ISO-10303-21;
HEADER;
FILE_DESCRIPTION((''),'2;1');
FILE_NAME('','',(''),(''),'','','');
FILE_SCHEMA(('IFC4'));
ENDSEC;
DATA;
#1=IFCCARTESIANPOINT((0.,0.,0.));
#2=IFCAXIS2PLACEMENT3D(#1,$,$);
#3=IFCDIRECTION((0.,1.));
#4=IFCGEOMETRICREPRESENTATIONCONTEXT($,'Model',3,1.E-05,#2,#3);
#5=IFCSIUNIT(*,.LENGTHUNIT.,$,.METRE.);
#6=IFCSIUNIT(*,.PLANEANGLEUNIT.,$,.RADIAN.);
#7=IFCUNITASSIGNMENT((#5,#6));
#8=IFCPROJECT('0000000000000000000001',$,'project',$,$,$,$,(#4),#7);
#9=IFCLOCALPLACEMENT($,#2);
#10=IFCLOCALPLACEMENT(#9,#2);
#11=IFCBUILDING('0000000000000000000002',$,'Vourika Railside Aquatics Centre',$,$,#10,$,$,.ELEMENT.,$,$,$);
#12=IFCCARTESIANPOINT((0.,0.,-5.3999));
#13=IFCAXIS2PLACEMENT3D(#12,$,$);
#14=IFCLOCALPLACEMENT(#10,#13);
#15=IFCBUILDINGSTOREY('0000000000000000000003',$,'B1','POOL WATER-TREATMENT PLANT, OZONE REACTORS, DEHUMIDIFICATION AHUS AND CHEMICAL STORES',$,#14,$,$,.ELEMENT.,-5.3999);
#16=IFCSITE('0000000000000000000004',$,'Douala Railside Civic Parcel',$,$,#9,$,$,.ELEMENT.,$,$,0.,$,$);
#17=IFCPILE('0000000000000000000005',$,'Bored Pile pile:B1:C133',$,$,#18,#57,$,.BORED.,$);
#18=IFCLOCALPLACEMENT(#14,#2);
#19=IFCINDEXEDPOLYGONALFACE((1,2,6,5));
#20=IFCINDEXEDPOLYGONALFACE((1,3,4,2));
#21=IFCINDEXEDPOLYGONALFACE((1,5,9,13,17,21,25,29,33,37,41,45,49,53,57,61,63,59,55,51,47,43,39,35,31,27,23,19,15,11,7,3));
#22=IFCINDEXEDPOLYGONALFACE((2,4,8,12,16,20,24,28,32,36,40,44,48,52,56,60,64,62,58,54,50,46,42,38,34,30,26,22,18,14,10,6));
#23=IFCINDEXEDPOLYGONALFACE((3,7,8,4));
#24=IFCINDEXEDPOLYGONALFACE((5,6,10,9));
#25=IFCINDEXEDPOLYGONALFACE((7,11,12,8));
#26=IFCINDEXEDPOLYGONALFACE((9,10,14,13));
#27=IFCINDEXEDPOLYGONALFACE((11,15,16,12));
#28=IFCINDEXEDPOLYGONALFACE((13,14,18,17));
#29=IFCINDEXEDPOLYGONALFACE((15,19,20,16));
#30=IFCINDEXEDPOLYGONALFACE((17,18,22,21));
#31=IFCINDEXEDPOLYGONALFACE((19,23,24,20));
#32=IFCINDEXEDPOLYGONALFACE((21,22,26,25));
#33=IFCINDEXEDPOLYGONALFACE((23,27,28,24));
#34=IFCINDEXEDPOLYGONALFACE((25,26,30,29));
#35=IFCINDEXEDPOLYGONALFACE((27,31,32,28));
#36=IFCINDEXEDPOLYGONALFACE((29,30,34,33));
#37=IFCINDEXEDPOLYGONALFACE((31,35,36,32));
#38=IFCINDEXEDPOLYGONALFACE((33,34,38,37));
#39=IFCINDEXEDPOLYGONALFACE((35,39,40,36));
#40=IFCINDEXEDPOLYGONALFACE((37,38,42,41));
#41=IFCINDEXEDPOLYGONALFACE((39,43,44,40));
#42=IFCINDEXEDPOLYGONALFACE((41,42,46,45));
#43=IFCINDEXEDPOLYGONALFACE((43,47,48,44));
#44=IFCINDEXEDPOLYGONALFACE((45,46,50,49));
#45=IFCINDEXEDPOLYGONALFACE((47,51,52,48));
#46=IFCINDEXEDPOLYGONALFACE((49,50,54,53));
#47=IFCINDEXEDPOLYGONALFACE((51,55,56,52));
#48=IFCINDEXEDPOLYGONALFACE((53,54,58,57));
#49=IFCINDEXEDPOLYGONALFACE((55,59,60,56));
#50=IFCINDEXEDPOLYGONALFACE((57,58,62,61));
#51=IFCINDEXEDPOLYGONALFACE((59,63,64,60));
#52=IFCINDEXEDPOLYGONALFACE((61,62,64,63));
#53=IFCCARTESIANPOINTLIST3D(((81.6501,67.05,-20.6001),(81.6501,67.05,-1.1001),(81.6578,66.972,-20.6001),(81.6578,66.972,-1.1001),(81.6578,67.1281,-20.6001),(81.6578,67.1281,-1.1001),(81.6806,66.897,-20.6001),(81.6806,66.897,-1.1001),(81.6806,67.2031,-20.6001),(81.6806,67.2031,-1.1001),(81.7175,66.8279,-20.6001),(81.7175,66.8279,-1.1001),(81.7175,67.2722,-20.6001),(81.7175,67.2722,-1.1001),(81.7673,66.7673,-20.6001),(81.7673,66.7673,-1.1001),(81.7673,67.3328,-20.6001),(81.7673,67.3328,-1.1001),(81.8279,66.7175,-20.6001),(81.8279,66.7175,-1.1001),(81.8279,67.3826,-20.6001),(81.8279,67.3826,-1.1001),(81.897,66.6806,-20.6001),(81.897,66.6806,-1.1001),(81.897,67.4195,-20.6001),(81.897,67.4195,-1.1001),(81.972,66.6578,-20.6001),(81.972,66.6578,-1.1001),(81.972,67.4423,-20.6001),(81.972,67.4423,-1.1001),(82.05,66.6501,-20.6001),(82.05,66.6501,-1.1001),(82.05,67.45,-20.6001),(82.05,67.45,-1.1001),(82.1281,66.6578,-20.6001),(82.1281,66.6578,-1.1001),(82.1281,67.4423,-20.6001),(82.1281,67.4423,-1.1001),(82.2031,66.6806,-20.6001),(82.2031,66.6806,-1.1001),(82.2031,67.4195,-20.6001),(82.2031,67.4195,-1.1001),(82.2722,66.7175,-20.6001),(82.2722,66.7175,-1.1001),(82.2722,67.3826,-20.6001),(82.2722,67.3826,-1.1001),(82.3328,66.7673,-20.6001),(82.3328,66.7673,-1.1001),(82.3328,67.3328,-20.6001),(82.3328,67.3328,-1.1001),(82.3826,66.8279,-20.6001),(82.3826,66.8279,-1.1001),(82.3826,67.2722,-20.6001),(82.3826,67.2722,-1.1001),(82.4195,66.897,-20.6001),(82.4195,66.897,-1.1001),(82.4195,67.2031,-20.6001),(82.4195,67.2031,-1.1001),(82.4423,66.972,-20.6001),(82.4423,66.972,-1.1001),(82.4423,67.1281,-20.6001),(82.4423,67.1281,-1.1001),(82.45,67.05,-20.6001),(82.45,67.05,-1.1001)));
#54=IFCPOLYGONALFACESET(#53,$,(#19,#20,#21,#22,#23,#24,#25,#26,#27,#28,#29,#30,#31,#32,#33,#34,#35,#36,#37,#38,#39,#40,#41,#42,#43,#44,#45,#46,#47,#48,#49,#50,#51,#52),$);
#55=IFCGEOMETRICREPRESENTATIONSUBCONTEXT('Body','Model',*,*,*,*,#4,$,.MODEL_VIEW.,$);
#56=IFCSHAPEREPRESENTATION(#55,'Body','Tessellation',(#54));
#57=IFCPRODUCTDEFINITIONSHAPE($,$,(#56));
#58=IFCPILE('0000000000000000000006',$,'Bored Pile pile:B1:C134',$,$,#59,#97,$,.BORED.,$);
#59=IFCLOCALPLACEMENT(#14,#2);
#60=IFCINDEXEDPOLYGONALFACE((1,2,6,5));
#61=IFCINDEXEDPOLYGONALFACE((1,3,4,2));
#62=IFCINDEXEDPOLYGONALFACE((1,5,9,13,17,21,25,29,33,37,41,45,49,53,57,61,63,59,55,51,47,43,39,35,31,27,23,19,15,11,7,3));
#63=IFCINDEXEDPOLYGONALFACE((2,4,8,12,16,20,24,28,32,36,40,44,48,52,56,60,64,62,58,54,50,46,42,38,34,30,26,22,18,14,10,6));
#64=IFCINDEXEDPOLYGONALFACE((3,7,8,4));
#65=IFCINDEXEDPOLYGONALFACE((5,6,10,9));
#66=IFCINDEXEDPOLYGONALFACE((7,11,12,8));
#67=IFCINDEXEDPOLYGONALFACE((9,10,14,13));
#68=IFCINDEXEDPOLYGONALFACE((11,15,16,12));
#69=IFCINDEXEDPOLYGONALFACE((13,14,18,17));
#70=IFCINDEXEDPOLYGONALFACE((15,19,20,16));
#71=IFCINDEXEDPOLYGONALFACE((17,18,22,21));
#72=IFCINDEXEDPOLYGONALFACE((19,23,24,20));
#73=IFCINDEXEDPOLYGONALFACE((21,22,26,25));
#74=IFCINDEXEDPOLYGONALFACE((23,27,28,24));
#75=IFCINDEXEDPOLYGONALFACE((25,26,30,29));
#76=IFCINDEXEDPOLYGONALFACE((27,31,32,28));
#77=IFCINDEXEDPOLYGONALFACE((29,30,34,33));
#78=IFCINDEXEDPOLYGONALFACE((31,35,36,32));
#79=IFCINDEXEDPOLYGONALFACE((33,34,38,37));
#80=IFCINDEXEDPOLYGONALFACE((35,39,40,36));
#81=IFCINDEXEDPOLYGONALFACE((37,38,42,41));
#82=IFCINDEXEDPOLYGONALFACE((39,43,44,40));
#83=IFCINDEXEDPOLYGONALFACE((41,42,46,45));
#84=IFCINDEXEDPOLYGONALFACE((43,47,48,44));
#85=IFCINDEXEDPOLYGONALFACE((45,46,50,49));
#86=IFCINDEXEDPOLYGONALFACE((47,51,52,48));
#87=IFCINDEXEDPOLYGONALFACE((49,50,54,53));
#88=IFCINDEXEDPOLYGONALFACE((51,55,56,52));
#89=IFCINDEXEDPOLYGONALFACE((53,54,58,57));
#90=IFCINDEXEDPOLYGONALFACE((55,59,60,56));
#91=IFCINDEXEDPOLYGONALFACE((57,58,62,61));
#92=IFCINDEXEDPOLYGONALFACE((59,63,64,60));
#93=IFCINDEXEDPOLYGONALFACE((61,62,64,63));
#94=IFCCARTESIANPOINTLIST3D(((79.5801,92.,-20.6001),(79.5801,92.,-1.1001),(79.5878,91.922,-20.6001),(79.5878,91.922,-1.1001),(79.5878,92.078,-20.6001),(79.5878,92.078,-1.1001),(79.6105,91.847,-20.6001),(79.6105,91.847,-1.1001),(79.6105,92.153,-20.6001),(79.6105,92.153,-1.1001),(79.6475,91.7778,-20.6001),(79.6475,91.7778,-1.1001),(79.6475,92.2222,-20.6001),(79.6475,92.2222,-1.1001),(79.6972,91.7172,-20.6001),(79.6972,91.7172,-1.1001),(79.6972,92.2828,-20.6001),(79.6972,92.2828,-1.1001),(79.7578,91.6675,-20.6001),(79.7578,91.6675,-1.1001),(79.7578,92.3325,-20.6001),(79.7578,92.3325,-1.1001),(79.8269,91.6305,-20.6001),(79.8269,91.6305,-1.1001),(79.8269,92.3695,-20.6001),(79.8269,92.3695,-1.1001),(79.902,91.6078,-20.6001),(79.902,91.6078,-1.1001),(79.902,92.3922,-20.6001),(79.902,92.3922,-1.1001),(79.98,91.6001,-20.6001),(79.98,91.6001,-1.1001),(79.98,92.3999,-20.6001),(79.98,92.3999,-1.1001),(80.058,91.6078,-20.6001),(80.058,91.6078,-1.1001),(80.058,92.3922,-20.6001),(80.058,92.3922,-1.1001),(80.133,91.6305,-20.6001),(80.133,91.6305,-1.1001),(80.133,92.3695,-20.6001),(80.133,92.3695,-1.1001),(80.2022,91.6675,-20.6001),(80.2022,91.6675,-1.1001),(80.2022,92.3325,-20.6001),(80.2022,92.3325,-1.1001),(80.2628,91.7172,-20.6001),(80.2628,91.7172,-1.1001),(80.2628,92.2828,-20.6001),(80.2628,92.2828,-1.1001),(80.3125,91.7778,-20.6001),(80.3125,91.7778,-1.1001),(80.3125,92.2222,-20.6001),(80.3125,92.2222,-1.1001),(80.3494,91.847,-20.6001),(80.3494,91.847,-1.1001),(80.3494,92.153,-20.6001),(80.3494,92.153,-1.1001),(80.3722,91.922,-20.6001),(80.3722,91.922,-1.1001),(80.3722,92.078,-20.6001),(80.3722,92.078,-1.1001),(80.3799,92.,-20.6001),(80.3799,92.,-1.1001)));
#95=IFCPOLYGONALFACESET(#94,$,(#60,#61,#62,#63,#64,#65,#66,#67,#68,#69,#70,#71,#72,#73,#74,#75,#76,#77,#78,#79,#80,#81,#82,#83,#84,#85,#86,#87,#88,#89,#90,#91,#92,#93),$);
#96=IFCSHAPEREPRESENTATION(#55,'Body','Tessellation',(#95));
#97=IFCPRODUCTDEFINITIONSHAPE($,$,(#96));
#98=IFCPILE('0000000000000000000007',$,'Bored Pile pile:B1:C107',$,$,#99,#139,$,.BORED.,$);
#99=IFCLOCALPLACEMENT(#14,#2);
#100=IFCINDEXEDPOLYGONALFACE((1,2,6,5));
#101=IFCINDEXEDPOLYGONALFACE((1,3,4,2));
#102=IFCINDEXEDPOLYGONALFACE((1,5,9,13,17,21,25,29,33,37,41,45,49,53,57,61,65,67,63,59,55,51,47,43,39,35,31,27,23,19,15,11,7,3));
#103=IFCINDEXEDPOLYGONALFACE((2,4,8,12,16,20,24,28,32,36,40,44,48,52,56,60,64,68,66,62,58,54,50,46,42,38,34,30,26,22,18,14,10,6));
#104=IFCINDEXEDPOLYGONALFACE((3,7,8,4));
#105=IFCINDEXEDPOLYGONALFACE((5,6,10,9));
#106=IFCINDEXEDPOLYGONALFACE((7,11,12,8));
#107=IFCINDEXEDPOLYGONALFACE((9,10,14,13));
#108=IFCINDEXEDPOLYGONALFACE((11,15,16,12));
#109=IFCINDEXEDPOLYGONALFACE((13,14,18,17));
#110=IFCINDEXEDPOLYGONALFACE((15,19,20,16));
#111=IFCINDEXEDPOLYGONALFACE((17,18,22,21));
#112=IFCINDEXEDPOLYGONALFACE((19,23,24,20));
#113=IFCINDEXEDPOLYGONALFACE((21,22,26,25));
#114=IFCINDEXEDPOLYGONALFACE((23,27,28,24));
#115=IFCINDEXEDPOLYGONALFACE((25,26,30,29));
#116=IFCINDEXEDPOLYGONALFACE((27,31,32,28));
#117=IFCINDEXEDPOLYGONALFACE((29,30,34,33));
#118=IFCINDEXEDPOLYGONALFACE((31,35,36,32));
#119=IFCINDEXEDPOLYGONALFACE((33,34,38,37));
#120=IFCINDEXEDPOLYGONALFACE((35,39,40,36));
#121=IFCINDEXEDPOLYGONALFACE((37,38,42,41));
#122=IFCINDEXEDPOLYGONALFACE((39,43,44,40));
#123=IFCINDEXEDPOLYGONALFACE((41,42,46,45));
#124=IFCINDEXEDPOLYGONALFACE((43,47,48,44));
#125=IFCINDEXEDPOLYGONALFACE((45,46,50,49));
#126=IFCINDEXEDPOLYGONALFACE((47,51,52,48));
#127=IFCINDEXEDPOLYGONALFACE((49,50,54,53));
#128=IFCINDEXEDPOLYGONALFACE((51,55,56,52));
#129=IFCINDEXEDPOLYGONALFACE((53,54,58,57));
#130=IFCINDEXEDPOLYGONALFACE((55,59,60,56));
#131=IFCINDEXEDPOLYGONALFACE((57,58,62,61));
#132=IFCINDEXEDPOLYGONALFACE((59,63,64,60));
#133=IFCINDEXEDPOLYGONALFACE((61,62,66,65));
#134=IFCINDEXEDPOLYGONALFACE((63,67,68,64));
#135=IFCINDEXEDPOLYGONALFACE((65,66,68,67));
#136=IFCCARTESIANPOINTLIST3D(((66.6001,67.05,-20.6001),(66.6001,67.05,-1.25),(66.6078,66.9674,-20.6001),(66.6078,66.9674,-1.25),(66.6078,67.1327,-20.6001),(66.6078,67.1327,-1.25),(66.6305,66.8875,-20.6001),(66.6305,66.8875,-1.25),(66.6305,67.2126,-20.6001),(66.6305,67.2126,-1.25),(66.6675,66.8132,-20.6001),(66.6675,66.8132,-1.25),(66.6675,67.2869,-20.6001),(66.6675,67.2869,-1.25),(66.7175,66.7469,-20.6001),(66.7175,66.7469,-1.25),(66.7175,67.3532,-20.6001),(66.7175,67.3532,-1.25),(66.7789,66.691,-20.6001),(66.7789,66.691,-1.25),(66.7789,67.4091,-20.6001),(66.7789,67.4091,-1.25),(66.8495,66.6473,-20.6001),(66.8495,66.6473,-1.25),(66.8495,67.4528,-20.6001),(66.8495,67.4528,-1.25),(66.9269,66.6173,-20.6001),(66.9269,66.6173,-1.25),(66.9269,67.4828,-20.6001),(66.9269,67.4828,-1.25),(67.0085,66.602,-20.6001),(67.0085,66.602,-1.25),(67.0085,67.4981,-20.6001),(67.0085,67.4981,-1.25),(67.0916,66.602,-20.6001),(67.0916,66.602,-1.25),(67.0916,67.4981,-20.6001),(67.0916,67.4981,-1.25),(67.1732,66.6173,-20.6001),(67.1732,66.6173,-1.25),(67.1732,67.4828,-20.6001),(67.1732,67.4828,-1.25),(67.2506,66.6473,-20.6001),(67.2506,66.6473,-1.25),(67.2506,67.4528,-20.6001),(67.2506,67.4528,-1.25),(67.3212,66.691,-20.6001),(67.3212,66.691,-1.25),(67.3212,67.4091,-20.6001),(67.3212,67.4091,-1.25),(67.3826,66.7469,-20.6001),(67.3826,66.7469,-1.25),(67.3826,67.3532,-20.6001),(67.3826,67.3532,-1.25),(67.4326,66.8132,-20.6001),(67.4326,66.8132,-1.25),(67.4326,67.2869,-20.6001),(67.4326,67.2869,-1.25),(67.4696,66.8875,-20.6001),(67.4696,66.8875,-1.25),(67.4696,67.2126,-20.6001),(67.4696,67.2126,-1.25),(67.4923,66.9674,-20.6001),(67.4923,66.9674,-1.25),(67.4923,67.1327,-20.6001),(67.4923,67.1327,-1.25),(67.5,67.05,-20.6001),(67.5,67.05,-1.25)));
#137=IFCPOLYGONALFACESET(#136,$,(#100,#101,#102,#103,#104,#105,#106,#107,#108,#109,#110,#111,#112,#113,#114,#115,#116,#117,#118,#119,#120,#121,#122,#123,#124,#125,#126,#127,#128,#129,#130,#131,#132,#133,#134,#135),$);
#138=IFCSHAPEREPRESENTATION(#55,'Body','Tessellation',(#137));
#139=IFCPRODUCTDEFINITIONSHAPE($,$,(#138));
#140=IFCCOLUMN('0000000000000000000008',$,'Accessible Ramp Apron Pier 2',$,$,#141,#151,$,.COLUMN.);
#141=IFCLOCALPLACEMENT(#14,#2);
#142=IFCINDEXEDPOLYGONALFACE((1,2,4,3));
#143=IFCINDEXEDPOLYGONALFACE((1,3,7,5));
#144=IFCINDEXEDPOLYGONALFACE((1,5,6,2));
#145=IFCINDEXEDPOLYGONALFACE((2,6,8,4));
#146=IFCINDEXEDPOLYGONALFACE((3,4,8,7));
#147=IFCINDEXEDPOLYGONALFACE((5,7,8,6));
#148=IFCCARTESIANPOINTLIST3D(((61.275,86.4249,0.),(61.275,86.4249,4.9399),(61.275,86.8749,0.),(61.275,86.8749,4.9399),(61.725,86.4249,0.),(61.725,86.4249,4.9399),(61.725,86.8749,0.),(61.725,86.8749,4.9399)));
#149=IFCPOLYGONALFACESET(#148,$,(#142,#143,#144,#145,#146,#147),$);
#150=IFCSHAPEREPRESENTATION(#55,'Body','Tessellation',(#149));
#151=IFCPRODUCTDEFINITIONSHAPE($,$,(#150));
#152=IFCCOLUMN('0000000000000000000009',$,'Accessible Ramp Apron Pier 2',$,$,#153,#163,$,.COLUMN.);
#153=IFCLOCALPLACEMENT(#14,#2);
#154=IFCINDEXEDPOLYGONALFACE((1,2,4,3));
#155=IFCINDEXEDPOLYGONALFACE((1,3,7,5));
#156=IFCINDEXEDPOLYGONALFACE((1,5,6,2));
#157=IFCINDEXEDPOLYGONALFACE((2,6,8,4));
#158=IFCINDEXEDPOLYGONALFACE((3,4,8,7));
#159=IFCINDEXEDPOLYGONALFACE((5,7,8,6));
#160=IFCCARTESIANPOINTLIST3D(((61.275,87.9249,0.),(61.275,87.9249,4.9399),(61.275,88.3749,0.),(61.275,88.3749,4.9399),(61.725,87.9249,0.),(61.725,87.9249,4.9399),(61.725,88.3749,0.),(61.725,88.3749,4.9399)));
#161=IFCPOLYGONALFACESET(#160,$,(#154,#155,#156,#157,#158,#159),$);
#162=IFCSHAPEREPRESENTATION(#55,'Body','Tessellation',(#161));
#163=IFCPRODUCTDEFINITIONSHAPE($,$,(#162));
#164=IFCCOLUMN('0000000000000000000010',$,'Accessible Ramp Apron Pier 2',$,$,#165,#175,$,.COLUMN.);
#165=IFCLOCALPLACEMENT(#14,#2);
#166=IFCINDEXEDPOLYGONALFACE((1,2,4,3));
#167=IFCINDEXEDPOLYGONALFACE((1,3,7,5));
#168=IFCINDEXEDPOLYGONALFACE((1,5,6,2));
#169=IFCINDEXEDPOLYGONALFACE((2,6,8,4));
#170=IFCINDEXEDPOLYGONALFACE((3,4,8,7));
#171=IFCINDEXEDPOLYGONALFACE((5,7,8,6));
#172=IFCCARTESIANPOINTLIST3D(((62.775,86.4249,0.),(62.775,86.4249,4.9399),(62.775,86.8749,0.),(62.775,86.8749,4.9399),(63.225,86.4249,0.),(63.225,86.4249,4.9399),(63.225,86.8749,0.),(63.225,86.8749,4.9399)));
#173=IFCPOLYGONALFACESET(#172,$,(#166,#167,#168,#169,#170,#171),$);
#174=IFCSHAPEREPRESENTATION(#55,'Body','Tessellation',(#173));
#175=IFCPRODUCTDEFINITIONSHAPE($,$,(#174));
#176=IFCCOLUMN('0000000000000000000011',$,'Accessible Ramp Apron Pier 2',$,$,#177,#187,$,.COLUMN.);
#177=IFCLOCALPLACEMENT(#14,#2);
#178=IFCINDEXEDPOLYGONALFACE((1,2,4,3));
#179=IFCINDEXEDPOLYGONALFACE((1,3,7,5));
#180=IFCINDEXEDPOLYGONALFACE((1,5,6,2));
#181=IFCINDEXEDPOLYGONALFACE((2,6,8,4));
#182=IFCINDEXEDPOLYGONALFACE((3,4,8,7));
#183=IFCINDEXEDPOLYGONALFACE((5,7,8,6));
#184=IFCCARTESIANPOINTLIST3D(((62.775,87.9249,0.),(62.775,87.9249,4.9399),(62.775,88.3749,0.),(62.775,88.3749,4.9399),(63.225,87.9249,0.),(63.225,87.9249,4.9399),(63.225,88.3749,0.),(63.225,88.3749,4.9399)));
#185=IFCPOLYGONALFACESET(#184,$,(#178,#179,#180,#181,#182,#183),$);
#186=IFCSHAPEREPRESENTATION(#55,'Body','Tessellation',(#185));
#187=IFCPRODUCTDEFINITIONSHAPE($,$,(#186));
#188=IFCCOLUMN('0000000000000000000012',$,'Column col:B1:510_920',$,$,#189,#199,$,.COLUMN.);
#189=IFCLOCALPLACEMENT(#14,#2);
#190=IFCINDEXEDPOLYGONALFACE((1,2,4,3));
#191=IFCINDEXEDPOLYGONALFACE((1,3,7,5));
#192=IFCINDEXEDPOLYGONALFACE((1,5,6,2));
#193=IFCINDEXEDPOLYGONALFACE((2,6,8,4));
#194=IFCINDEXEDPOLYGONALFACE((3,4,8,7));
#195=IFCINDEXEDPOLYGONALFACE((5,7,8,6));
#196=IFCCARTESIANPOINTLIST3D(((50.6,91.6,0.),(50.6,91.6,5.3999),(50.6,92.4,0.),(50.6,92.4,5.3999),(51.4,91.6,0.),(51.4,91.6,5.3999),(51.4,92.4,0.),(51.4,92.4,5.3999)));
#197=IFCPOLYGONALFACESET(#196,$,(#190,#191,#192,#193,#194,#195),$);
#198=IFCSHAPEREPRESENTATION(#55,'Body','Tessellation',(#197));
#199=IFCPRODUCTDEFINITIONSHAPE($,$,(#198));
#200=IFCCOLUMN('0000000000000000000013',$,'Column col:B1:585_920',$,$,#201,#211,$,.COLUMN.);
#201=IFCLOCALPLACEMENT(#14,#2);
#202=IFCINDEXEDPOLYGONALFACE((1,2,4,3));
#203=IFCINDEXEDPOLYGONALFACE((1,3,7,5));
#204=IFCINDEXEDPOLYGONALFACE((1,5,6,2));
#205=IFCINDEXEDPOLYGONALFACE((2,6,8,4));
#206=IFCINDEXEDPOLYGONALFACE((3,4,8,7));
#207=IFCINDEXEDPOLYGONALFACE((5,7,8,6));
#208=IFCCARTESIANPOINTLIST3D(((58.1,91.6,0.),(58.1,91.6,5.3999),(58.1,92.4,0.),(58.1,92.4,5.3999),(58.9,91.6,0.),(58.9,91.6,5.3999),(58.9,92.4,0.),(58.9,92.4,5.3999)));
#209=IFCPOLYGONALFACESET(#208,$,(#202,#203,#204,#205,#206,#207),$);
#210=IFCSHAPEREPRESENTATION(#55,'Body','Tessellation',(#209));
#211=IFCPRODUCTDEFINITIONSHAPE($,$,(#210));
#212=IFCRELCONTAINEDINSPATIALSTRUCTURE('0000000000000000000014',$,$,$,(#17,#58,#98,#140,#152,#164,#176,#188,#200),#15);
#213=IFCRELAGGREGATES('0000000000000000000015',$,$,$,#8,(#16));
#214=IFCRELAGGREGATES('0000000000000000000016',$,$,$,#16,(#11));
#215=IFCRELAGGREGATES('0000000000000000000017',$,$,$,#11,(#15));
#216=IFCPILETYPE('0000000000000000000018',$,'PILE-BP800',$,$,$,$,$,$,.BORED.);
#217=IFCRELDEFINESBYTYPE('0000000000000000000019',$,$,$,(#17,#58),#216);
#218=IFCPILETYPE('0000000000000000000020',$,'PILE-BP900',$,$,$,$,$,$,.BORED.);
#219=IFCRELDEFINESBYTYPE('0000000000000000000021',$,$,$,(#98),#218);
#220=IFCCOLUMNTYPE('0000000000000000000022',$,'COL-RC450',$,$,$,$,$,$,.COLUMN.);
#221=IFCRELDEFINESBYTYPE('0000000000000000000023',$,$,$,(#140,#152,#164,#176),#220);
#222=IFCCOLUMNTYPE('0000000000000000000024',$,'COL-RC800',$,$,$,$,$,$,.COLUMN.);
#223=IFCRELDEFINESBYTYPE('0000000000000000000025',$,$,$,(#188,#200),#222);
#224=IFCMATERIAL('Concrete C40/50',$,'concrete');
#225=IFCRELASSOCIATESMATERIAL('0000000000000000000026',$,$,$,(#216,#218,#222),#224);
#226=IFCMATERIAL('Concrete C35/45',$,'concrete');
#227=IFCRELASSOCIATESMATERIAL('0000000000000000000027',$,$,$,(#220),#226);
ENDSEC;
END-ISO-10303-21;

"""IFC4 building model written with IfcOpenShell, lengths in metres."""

from ifc_helpers import new_model, si_unit, direction, frame, origin, origin_2d, place, context, subcontext, project, spatial, rectangle, circle, extrude, material, material_profile, profile_set, type_object, element, save


model = new_model("IFC4")

# Units and contexts
model_context = context("Model", 3, precision=1e-05, world=origin(), true_north=direction((0.0, 1.0)))
body_context = subcontext(model_context, "Body", "Model", "MODEL_VIEW")
ifc_project = project(units=[si_unit("LENGTHUNIT", "METRE"), si_unit("PLANEANGLEUNIT", "RADIAN")], contexts=[model_context])

# Site, building, storey
site_placement = place(None, origin())
site = spatial("IfcSite", under=ifc_project, at=site_placement, Name="Douala Railside Civic Parcel", CompositionType="ELEMENT", RefElevation=0.0)
building_placement = place(site_placement, origin())
building = spatial("IfcBuilding", under=site, at=building_placement, Name="Vourika Railside Aquatics Centre", CompositionType="ELEMENT")
storey_placement = place(building_placement, frame((0.0, 0.0, -5.3999)))
storey = spatial("IfcBuildingStorey", under=building, at=storey_placement, Name="B1", Description="POOL WATER-TREATMENT PLANT, OZONE REACTORS, DEHUMIDIFICATION AHUS AND CHEMICAL STORES", CompositionType="ELEMENT", Elevation=-5.3999)

# Shared definitions
ifc_material_1 = material(Name="Concrete C40/50", Category="concrete")

# Piles
ifc_material_profile_1 = material_profile(ifc_material_1, circle(Radius=0.3999, at=origin_2d()), Name="BP 800")
ifc_profile_set_1 = profile_set([ifc_material_profile_1], Name="Concrete C40/50")
pile_type_1 = type_object("IfcPileType", Name="PILE-BP800", PredefinedType="BORED", material=ifc_profile_set_1)
for number, where, z_axis, x_axis, name in (
    (1, (82.05, 67.05, -1.1001), (0.0, 0.0, -1.0), (1.0, 0.0, 0.0), "Bored Pile pile:B1:C133"),
    (2, (79.98, 92.0, -1.1001), (0.0, 0.0, -1.0), (1.0, 0.0, 0.0), "Bored Pile pile:B1:C134"),
):
    element("IfcPile", number, at=place(storey_placement, frame(where, z_axis=z_axis, x_axis=x_axis)), inside=storey, type_object=pile_type_1, Name=name, PredefinedType="BORED", context=body_context, shape_type="SweptSolid", body=[
        extrude(circle(Radius=0.3999, at=origin_2d()), origin(), (0.0, 0.0, 1.0), 19.5),
    ])
ifc_material_profile_2 = material_profile(ifc_material_1, circle(Radius=0.45, at=origin_2d()), Name="BP 900")
ifc_profile_set_2 = profile_set([ifc_material_profile_2], Name="Concrete C40/50")
pile_type_2 = type_object("IfcPileType", Name="PILE-BP900", PredefinedType="BORED", material=ifc_profile_set_2)
pile_placement = place(storey_placement, frame((67.05, 67.05, -1.25), z_axis=(0.0, 0.0, -1.0), x_axis=(1.0, 0.0, 0.0)))
element("IfcPile", 3, at=pile_placement, inside=storey, type_object=pile_type_2, Name="Bored Pile pile:B1:C107", PredefinedType="BORED", context=body_context, shape_type="SweptSolid", body=[
    extrude(circle(Radius=0.45, at=origin_2d()), origin(), (0.0, 0.0, 1.0), 19.3501),
])

# Columns
ifc_material_2 = material(Name="Concrete C35/45", Category="concrete")
ifc_material_profile_3 = material_profile(ifc_material_2, rectangle(XDim=0.45, YDim=0.45, at=origin_2d()), Name="RC 450x450")
ifc_profile_set_3 = profile_set([ifc_material_profile_3], Name="Concrete C35/45")
column_type_1 = type_object("IfcColumnType", Name="COL-RC450", PredefinedType="COLUMN", material=ifc_profile_set_3)
for number, where, z_axis, x_axis, name in (
    (4, (61.5, 86.6499, 0.0), (0.0, 0.0, 1.0), (1.0, 0.0, 0.0), "Accessible Ramp Apron Pier 2"),
    (5, (61.5, 88.1499, 0.0), (0.0, 0.0, 1.0), (1.0, 0.0, 0.0), "Accessible Ramp Apron Pier 2"),
    (6, (63.0, 86.6499, 0.0), (0.0, 0.0, 1.0), (1.0, 0.0, 0.0), "Accessible Ramp Apron Pier 2"),
    (7, (63.0, 88.1499, 0.0), (0.0, 0.0, 1.0), (1.0, 0.0, 0.0), "Accessible Ramp Apron Pier 2"),
):
    element("IfcColumn", number, at=place(storey_placement, frame(where, z_axis=z_axis, x_axis=x_axis)), inside=storey, type_object=column_type_1, Name=name, PredefinedType="COLUMN", context=body_context, shape_type="SweptSolid", body=[
        extrude(rectangle(XDim=0.45, YDim=0.45, at=origin_2d()), origin(), (0.0, 0.0, 1.0), 4.9399),
    ])
ifc_material_profile_4 = material_profile(ifc_material_1, rectangle(XDim=0.8, YDim=0.8, at=origin_2d()), Name="RC 800x800")
ifc_profile_set_4 = profile_set([ifc_material_profile_4], Name="Concrete C40/50")
column_type_2 = type_object("IfcColumnType", Name="COL-RC800", PredefinedType="COLUMN", material=ifc_profile_set_4)
for number, where, z_axis, x_axis, name in (
    (8, (51.0, 92.0, 0.0), (0.0, 0.0, 1.0), (1.0, 0.0, 0.0), "Column col:B1:510_920"),
    (9, (58.5, 92.0, 0.0), (0.0, 0.0, 1.0), (1.0, 0.0, 0.0), "Column col:B1:585_920"),
):
    element("IfcColumn", number, at=place(storey_placement, frame(where, z_axis=z_axis, x_axis=x_axis)), inside=storey, type_object=column_type_2, Name=name, PredefinedType="COLUMN", context=body_context, shape_type="SweptSolid", body=[
        extrude(rectangle(XDim=0.8, YDim=0.8, at=origin_2d()), origin(), (0.0, 0.0, 1.0), 5.3999),
    ])

save(model, "model.ifc")
